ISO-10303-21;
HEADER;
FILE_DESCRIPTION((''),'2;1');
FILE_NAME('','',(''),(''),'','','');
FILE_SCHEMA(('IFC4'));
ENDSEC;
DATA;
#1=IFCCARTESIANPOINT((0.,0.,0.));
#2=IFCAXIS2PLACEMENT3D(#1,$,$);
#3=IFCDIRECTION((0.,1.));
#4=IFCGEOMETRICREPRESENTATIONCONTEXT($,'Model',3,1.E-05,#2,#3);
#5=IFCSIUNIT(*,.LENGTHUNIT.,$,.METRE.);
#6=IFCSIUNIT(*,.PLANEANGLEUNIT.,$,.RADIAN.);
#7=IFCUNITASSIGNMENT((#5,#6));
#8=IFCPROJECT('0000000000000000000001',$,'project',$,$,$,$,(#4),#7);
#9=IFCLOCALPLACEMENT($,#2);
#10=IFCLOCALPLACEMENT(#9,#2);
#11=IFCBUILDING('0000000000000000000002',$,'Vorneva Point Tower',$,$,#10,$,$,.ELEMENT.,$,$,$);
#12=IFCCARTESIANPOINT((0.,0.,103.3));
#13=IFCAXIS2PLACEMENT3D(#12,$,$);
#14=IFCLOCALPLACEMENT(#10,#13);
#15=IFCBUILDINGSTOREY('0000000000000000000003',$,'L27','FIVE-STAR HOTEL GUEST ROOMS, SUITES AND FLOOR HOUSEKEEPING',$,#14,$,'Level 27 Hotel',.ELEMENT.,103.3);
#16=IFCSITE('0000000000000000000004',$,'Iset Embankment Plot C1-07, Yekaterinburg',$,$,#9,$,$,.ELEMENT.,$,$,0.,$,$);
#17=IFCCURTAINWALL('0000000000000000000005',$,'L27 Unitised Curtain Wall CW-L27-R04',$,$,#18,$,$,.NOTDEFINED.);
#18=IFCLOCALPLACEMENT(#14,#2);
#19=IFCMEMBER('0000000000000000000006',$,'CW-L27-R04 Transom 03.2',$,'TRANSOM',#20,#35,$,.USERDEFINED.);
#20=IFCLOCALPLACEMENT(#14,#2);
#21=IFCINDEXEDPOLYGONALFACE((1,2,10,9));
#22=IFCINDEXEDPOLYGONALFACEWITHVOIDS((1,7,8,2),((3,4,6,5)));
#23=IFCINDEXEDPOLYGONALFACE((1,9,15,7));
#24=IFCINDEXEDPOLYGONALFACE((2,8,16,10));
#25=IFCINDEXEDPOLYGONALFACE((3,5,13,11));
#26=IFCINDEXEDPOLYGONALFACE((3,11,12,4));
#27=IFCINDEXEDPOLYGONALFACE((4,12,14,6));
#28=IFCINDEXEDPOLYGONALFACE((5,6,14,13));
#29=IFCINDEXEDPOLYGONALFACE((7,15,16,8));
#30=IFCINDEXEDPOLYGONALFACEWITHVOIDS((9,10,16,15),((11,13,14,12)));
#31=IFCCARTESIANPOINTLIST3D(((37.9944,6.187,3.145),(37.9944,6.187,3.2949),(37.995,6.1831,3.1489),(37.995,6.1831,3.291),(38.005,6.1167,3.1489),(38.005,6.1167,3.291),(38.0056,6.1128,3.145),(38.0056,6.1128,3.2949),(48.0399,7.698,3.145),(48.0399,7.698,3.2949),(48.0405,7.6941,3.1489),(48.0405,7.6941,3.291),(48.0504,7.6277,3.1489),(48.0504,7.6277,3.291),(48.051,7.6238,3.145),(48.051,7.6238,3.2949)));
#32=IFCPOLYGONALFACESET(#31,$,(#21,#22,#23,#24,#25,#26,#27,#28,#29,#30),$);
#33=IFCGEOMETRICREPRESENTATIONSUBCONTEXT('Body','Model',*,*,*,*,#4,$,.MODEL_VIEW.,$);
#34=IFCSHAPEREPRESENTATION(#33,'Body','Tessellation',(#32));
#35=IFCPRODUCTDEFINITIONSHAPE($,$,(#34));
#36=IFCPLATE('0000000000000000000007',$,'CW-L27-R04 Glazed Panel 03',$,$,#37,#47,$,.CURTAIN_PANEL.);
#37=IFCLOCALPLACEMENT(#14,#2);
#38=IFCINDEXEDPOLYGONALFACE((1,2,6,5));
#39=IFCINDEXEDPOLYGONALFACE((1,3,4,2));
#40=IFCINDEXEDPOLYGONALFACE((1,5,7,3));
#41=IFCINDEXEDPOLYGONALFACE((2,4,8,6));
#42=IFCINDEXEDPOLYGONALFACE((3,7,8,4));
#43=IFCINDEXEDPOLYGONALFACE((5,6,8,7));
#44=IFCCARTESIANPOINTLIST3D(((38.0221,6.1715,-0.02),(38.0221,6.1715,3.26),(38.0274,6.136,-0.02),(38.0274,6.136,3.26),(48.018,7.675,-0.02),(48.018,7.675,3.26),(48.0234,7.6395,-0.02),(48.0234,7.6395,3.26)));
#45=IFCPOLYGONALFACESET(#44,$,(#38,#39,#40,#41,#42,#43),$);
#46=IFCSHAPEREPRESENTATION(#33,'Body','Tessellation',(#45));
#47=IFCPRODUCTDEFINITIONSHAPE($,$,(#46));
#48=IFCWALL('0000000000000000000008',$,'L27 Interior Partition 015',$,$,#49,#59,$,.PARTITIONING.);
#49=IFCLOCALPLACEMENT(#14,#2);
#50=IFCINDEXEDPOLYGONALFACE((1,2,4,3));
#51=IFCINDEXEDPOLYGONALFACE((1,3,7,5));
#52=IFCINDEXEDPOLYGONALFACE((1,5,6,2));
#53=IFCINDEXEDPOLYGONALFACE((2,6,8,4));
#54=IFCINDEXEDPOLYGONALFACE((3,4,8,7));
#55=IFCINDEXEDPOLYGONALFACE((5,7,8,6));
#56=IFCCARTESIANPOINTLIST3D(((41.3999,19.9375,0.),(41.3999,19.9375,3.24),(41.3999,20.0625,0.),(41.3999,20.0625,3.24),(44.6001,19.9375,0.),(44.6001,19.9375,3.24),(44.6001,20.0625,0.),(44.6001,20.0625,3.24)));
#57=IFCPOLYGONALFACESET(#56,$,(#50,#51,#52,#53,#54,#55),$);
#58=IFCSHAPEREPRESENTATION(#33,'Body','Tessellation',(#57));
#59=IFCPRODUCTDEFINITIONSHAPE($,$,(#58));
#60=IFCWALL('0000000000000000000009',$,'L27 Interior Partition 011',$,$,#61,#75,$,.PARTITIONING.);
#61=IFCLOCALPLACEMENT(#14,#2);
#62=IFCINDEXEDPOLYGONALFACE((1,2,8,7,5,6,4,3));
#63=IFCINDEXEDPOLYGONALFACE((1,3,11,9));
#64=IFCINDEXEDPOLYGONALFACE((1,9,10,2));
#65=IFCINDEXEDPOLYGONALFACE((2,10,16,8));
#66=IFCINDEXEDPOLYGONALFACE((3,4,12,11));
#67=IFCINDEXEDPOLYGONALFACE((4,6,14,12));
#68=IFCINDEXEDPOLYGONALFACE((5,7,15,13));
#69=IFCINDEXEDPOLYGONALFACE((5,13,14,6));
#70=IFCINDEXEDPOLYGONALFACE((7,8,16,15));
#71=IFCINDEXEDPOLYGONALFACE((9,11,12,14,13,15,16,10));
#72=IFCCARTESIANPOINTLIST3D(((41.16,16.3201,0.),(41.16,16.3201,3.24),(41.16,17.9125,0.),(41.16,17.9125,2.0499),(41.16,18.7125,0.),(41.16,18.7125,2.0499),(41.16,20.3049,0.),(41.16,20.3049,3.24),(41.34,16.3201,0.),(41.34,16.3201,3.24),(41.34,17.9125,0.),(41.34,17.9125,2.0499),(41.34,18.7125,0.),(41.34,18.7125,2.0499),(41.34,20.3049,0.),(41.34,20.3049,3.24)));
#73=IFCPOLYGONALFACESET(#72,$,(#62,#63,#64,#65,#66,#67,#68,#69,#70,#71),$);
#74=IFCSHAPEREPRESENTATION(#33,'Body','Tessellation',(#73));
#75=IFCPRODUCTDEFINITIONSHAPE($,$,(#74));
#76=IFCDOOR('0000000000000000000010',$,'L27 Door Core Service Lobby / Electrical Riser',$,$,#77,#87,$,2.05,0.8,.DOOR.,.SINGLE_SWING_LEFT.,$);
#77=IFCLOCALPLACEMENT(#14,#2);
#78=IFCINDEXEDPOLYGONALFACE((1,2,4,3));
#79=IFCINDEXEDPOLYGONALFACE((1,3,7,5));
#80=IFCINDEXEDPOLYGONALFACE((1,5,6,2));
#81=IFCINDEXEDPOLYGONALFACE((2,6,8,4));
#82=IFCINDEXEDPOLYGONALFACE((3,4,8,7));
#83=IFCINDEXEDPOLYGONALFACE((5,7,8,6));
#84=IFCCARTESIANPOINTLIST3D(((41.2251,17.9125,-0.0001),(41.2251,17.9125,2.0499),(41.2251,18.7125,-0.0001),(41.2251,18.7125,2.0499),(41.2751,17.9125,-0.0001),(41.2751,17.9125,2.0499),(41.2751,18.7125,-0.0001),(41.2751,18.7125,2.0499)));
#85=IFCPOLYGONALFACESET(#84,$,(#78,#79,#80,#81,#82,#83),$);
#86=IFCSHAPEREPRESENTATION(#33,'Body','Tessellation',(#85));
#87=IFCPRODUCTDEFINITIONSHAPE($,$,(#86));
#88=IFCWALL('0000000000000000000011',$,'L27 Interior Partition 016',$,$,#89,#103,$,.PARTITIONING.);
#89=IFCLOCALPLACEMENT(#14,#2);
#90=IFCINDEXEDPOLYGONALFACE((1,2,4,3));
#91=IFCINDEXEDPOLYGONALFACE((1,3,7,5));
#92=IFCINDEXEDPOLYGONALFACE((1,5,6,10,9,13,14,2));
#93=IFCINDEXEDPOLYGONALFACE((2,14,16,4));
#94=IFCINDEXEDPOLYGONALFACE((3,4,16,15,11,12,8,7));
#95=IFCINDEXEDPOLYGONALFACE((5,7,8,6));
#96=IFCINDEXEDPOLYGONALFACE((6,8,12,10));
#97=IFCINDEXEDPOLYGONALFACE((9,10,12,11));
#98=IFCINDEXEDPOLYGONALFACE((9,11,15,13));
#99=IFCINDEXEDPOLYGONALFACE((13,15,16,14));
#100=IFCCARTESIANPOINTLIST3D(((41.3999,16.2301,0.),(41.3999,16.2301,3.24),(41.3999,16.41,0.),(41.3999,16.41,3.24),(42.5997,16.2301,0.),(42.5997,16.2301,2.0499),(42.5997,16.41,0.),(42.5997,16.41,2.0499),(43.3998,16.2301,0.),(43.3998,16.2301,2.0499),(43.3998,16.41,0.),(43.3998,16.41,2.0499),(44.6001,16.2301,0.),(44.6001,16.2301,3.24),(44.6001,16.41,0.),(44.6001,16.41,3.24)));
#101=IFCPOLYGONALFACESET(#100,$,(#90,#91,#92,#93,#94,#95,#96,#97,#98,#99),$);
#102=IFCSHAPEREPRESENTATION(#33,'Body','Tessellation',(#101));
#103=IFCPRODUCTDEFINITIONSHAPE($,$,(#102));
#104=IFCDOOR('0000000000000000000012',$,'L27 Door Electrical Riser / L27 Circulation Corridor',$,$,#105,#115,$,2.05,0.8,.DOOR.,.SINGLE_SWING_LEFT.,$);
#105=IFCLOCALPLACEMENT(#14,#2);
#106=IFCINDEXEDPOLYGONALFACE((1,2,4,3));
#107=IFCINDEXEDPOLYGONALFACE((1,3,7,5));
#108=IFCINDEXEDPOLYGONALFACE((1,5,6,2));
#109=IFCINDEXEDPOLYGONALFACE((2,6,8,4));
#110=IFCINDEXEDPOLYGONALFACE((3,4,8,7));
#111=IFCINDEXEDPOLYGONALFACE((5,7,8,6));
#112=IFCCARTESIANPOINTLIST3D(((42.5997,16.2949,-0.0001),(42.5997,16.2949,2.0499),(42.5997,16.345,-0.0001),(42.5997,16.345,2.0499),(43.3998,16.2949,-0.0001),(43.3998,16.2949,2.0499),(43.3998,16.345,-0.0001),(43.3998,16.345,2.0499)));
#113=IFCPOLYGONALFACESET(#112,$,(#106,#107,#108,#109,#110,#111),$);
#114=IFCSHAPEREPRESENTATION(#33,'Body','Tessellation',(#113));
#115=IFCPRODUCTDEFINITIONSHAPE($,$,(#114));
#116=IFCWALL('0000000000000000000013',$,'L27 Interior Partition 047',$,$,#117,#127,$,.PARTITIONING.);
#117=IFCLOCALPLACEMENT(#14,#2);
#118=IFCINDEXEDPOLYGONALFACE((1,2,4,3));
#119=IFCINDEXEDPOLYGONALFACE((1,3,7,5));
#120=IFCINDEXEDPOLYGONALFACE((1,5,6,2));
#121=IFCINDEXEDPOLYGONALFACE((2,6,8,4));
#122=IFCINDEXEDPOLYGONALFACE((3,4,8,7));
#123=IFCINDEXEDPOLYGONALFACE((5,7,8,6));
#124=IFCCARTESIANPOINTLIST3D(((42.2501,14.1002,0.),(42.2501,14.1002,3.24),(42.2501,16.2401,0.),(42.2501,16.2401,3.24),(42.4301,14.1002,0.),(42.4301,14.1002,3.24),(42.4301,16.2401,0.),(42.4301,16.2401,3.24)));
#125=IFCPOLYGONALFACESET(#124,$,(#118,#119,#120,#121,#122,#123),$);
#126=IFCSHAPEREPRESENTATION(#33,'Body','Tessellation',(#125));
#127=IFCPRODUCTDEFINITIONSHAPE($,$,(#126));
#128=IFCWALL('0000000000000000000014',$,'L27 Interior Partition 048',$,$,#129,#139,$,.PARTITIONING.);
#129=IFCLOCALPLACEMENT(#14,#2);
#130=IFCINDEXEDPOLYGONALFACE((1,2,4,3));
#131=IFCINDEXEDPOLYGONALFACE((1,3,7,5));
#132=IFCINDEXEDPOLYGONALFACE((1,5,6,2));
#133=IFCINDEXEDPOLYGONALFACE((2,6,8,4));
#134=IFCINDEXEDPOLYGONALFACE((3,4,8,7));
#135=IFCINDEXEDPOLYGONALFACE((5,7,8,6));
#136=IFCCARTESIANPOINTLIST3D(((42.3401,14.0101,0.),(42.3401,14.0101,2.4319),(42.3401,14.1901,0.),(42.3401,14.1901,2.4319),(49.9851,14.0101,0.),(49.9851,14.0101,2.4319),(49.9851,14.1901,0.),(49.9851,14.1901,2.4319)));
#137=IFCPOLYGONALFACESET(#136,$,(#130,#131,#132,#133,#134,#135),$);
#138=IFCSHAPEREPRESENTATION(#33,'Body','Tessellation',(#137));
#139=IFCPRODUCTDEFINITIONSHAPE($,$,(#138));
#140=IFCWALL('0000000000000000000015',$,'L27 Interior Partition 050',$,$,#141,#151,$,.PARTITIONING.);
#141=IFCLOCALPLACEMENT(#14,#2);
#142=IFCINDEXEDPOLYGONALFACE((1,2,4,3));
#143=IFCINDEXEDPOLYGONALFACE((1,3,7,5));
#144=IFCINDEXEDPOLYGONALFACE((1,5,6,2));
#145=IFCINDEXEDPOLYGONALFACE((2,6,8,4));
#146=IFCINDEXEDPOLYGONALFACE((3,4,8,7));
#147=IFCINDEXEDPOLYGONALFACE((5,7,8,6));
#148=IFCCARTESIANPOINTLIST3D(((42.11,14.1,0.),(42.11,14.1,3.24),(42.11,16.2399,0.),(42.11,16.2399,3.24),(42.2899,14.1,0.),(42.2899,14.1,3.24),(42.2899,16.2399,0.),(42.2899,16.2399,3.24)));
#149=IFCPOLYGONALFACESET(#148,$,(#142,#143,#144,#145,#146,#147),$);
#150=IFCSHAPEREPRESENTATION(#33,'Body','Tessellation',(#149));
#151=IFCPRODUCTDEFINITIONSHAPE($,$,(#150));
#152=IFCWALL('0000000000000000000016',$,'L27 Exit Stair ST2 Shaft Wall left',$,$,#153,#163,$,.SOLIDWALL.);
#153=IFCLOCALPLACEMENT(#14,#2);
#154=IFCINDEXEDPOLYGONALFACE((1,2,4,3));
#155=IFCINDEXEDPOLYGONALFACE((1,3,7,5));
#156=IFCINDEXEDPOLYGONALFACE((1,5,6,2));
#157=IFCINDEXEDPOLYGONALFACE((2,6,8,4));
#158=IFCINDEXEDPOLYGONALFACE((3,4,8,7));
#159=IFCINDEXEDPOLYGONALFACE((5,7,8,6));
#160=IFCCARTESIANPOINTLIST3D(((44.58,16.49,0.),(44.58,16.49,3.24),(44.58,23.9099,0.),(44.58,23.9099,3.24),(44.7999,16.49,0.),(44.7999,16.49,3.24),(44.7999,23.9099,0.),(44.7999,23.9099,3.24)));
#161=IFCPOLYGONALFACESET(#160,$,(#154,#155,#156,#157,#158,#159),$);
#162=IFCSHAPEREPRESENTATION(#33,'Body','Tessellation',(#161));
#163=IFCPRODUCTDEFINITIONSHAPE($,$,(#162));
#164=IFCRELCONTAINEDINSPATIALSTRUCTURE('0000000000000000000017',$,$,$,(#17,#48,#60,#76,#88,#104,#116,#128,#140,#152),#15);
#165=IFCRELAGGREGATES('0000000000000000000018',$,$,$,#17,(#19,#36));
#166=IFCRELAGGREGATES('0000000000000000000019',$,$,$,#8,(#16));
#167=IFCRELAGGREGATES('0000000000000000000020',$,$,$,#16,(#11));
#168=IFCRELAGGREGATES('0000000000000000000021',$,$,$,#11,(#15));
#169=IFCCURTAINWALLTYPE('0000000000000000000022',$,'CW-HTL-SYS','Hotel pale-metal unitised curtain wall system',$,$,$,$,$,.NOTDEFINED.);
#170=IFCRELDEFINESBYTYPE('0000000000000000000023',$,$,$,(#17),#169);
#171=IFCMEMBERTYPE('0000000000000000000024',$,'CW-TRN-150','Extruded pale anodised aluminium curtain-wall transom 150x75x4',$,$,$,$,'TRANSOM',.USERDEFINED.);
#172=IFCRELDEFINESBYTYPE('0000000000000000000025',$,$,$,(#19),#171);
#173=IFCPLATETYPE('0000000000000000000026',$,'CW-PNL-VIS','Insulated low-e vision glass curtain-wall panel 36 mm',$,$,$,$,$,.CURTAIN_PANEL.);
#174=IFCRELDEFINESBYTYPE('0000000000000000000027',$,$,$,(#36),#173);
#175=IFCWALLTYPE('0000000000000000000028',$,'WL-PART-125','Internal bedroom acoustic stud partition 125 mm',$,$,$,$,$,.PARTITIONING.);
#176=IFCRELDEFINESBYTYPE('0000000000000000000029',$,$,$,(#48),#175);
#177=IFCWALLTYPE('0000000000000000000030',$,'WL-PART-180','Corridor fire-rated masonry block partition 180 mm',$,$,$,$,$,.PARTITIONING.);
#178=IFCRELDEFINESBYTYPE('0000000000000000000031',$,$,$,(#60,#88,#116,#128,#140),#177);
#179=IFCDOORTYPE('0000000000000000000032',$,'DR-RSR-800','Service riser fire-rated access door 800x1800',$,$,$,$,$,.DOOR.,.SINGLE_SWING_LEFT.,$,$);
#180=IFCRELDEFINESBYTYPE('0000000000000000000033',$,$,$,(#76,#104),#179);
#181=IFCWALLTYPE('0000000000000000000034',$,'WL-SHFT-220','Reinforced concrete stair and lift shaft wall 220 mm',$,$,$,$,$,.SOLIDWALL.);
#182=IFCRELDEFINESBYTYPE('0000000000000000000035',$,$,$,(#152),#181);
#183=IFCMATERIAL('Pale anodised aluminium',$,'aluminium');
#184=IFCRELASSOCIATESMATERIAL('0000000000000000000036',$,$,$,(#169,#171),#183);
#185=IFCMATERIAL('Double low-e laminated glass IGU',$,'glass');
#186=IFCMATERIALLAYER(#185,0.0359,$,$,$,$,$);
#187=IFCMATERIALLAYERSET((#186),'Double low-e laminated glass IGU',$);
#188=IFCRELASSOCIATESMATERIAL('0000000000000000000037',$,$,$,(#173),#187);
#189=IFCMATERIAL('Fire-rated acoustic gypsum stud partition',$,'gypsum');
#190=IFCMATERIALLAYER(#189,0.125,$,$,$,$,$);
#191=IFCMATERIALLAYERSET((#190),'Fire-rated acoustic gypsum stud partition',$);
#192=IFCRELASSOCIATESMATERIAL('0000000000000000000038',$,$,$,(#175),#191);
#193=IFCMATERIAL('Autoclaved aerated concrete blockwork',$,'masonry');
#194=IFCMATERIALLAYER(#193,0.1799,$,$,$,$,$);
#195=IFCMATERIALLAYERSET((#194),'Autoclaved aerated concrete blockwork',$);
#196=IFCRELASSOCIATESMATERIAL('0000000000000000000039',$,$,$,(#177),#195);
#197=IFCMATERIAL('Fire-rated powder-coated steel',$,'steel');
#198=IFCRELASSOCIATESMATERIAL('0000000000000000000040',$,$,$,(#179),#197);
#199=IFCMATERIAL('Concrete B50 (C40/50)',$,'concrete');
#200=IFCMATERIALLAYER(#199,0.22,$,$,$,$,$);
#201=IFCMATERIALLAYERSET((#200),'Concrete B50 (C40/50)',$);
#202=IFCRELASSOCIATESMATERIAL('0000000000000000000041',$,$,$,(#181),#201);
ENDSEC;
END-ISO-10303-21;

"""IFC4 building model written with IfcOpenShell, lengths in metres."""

from ifc_helpers import new_model, si_unit, direction, frame, frame_2d, origin, origin_2d, place, context, subcontext, project, spatial, rectangle, hollow_rectangle, extrude, material, layer, layer_set, material_profile, profile_set, type_object, element, fill, aggregate, save


model = new_model("IFC4")

# Units and contexts
model_context = context("Model", 3, precision=1e-05, world=origin(), true_north=direction((0.0, 1.0)))
body_context = subcontext(model_context, "Body", "Model", "MODEL_VIEW")
ifc_project = project(units=[si_unit("LENGTHUNIT", "METRE"), si_unit("PLANEANGLEUNIT", "RADIAN")], contexts=[model_context])

# Site, building, storey
site_placement = place(None, origin())
site = spatial("IfcSite", under=ifc_project, at=site_placement, Name="Iset Embankment Plot C1-07, Yekaterinburg", CompositionType="ELEMENT", RefElevation=0.0)
building_placement = place(site_placement, origin())
building = spatial("IfcBuilding", under=site, at=building_placement, Name="Vorneva Point Tower", CompositionType="ELEMENT")
storey_placement = place(building_placement, frame((0.0, 0.0, 103.3)))
storey = spatial("IfcBuildingStorey", under=building, at=storey_placement, Name="L27", Description="FIVE-STAR HOTEL GUEST ROOMS, SUITES AND FLOOR HOUSEKEEPING", LongName="Level 27 Hotel", CompositionType="ELEMENT", Elevation=103.3)

# Curtain wall, member, plate
ifc_material_1 = material(Name="Pale anodised aluminium", Category="aluminium")
curtain_wall_type = type_object("IfcCurtainWallType", Name="CW-HTL-SYS", Description="Hotel pale-metal unitised curtain wall system", PredefinedType="NOTDEFINED", material=ifc_material_1)
curtain_wall_placement = place(storey_placement, origin())
curtain_wall = element("IfcCurtainWall", 1, at=curtain_wall_placement, inside=storey, type_object=curtain_wall_type, Name="L27 Unitised Curtain Wall CW-L27-R04", PredefinedType="NOTDEFINED")
ifc_material_profile_1 = material_profile(ifc_material_1, hollow_rectangle(XDim=0.075, YDim=0.1499, WallThickness=0.0039, at=origin_2d()), Name="AL-TRN 150x75x4")
ifc_profile_set_1 = profile_set([ifc_material_profile_1], Name="Pale anodised aluminium")
member_type_1 = type_object("IfcMemberType", Name="CW-TRN-150", Description="Extruded pale anodised aluminium curtain-wall transom 150x75x4", ElementType="TRANSOM", PredefinedType="USERDEFINED", material=ifc_profile_set_1)
member_1_placement = place(storey_placement, frame((38.0, 6.1499, 3.22), z_axis=(0.988876, 0.148742, 0.0), x_axis=(-0.148742, 0.988876, 0.0)))
member_1 = element("IfcMember", 2, at=member_1_placement, type_object=member_type_1, Name="CW-L27-R04 Transom 03.2", ObjectType="TRANSOM", PredefinedType="USERDEFINED", context=body_context, shape_type="SweptSolid", body=[
    extrude(hollow_rectangle(XDim=0.075, YDim=0.1499, WallThickness=0.0039, at=origin_2d()), origin(), (0.0, 0.0, 1.0), 10.1584),
])
ifc_material_2 = material(Name="Double low-e laminated glass IGU", Category="glass")
ifc_layer_1 = layer(ifc_material_2, 0.0359)
ifc_layer_set_1 = layer_set([ifc_layer_1], Name="Double low-e laminated glass IGU")
plate_type = type_object("IfcPlateType", Name="CW-PNL-VIS", Description="Insulated low-e vision glass curtain-wall panel 36 mm", PredefinedType="CURTAIN_PANEL", material=ifc_layer_set_1)
plate_placement = place(storey_placement, frame((43.0227, 6.9055, -0.02), z_axis=(0.0, 0.0, 1.0), x_axis=(0.988876, 0.148741, 0.0)))
plate = element("IfcPlate", 3, at=plate_placement, type_object=plate_type, Name="CW-L27-R04 Glazed Panel 03", PredefinedType="CURTAIN_PANEL", context=body_context, shape_type="SweptSolid", body=[
    extrude(rectangle(XDim=10.1084, YDim=0.0359, at=origin_2d()), origin(), (0.0, 0.0, 1.0), 3.28),
])
aggregate(curtain_wall, [member_1, plate])

# Wall
ifc_material_3 = material(Name="Fire-rated acoustic gypsum stud partition", Category="gypsum")
ifc_layer_2 = layer(ifc_material_3, 0.125)
ifc_layer_set_2 = layer_set([ifc_layer_2], Name="Fire-rated acoustic gypsum stud partition")
wall_type_1 = type_object("IfcWallType", Name="WL-PART-125", Description="Internal bedroom acoustic stud partition 125 mm", PredefinedType="PARTITIONING", material=ifc_layer_set_2)
wall_1_placement = place(storey_placement, frame((44.6001, 20.0, 0.0), z_axis=(0.0, 0.0, 1.0), x_axis=(-1.0, 0.0, 0.0)))
element("IfcWall", 4, at=wall_1_placement, inside=storey, type_object=wall_type_1, Name="L27 Interior Partition 015", PredefinedType="PARTITIONING", context=body_context, shape_type="SweptSolid", body=[
    extrude(rectangle(XDim=3.2002, YDim=0.125, at=frame_2d((1.6001, 0.0))), origin(), (0.0, 0.0, 1.0), 3.24),
])

# Walls, openings, doors
ifc_material_4 = material(Name="Autoclaved aerated concrete blockwork", Category="masonry")
ifc_layer_3 = layer(ifc_material_4, 0.1799)
ifc_layer_set_3 = layer_set([ifc_layer_3], Name="Autoclaved aerated concrete blockwork")
wall_type_2 = type_object("IfcWallType", Name="WL-PART-180", Description="Corridor fire-rated masonry block partition 180 mm", PredefinedType="PARTITIONING", material=ifc_layer_set_3)
wall_2_placement = place(storey_placement, frame((41.25, 16.3201, 0.0), z_axis=(0.0, 0.0, 1.0), x_axis=(0.0, 1.0, 0.0)))
wall_2 = element("IfcWall", 5, at=wall_2_placement, inside=storey, type_object=wall_type_2, Name="L27 Interior Partition 011", PredefinedType="PARTITIONING", context=body_context, shape_type="SweptSolid", body=[
    extrude(rectangle(XDim=3.9849, YDim=0.1799, at=frame_2d((1.9924, 0.0))), origin(), (0.0, 0.0, 1.0), 3.24),
])
opening_1_placement = place(wall_2_placement, frame((1.5925, 0.0, 0.0)))
opening_1 = element("IfcOpeningElement", 6, at=opening_1_placement, cuts=wall_2, PredefinedType="OPENING", context=body_context, shape_type="SweptSolid", body=[
    extrude(rectangle(XDim=0.8, YDim=2.05, at=frame_2d((0.3999, 1.0249))), frame((0.0, 0.105, 0.0), z_axis=(0.0, -1.0, 0.0), x_axis=(1.0, 0.0, 0.0)), (0.0, 0.0, 1.0), 0.2097),
])
ifc_material_5 = material(Name="Fire-rated powder-coated steel", Category="steel")
door_type_1 = type_object("IfcDoorType", Name="DR-RSR-800", Description="Service riser fire-rated access door 800x1800", OperationType="SINGLE_SWING_LEFT", PredefinedType="DOOR", material=ifc_material_5)
door_1_placement = place(opening_1_placement, origin())
door_1 = element("IfcDoor", 7, at=door_1_placement, inside=storey, type_object=door_type_1, Name="L27 Door Core Service Lobby / Electrical Riser", OperationType="SINGLE_SWING_LEFT", OverallHeight=2.05, OverallWidth=0.8, PredefinedType="DOOR", context=body_context, shape_type="SweptSolid", body=[
    extrude(rectangle(XDim=0.8, YDim=2.05, at=frame_2d((0.3999, 1.0249))), frame((0.0, 0.0249, 0.0), z_axis=(0.0, -1.0, 0.0), x_axis=(1.0, 0.0, 0.0)), (0.0, 0.0, 1.0), 0.05),
])
fill(opening_1, door_1)
wall_3_placement = place(storey_placement, frame((41.3999, 16.3201, 0.0), z_axis=(0.0, 0.0, 1.0), x_axis=(1.0, 0.0, 0.0)))
wall_3 = element("IfcWall", 8, at=wall_3_placement, inside=storey, type_object=wall_type_2, Name="L27 Interior Partition 016", PredefinedType="PARTITIONING", context=body_context, shape_type="SweptSolid", body=[
    extrude(rectangle(XDim=3.2002, YDim=0.1799, at=frame_2d((1.6001, 0.0))), origin(), (0.0, 0.0, 1.0), 3.24),
])
opening_2_placement = place(wall_3_placement, frame((1.2, 0.0, 0.0)))
opening_2 = element("IfcOpeningElement", 9, at=opening_2_placement, cuts=wall_3, PredefinedType="OPENING", context=body_context, shape_type="SweptSolid", body=[
    extrude(rectangle(XDim=0.8, YDim=2.05, at=frame_2d((0.3999, 1.0249))), frame((0.0, 0.105, 0.0), z_axis=(0.0, -1.0, 0.0), x_axis=(1.0, 0.0, 0.0)), (0.0, 0.0, 1.0), 0.2097),
])
door_2_placement = place(opening_2_placement, origin())
door_2 = element("IfcDoor", 10, at=door_2_placement, inside=storey, type_object=door_type_1, Name="L27 Door Electrical Riser / L27 Circulation Corridor", OperationType="SINGLE_SWING_LEFT", OverallHeight=2.05, OverallWidth=0.8, PredefinedType="DOOR", context=body_context, shape_type="SweptSolid", body=[
    extrude(rectangle(XDim=0.8, YDim=2.05, at=frame_2d((0.3999, 1.0249))), frame((0.0, 0.0249, 0.0), z_axis=(0.0, -1.0, 0.0), x_axis=(1.0, 0.0, 0.0)), (0.0, 0.0, 1.0), 0.05),
])
fill(opening_2, door_2)

# Walls
wall_4_placement = place(storey_placement, frame((42.3401, 16.24, 0.0), z_axis=(0.0, 0.0, 1.0), x_axis=(0.0, -1.0, 0.0)))
element("IfcWall", 11, at=wall_4_placement, inside=storey, type_object=wall_type_2, Name="L27 Interior Partition 047", PredefinedType="PARTITIONING", context=body_context, shape_type="SweptSolid", body=[
    extrude(rectangle(XDim=2.1399, YDim=0.1799, at=frame_2d((1.0698, 0.0))), origin(), (0.0, 0.0, 1.0), 3.24),
])
wall_5_placement = place(storey_placement, frame((42.3401, 14.1001, 0.0), z_axis=(0.0, 0.0, 1.0), x_axis=(1.0, 0.0, 0.0)))
element("IfcWall", 12, at=wall_5_placement, inside=storey, type_object=wall_type_2, Name="L27 Interior Partition 048", PredefinedType="PARTITIONING", context=body_context, shape_type="SweptSolid", body=[
    extrude(rectangle(XDim=7.645, YDim=0.1799, at=frame_2d((3.8225, 0.0))), origin(), (0.0, 0.0, 1.0), 2.4319),
])
wall_6_placement = place(storey_placement, frame((42.2, 14.1001, 0.0), z_axis=(0.0, 0.0, 1.0), x_axis=(0.0, 1.0, 0.0)))
element("IfcWall", 13, at=wall_6_placement, inside=storey, type_object=wall_type_2, Name="L27 Interior Partition 050", PredefinedType="PARTITIONING", context=body_context, shape_type="SweptSolid", body=[
    extrude(rectangle(XDim=2.1399, YDim=0.1799, at=frame_2d((1.0698, 0.0))), origin(), (0.0, 0.0, 1.0), 3.24),
])
ifc_material_6 = material(Name="Concrete B50 (C40/50)", Category="concrete")
ifc_layer_4 = layer(ifc_material_6, 0.22)
ifc_layer_set_4 = layer_set([ifc_layer_4], Name="Concrete B50 (C40/50)")
wall_type_3 = type_object("IfcWallType", Name="WL-SHFT-220", Description="Reinforced concrete stair and lift shaft wall 220 mm", PredefinedType="SOLIDWALL", material=ifc_layer_set_4)
wall_7_placement = place(storey_placement, frame((44.6899, 16.49, 0.0), z_axis=(0.0, 0.0, 1.0), x_axis=(0.0, 1.0, 0.0)))
element("IfcWall", 14, at=wall_7_placement, inside=storey, type_object=wall_type_3, Name="L27 Exit Stair ST2 Shaft Wall left", PredefinedType="SOLIDWALL", context=body_context, shape_type="SweptSolid", body=[
    extrude(rectangle(XDim=7.4199, YDim=0.22, at=frame_2d((3.71, 0.0))), origin(), (0.0, 0.0, 1.0), 3.24),
])

save(model, "model.ifc")
